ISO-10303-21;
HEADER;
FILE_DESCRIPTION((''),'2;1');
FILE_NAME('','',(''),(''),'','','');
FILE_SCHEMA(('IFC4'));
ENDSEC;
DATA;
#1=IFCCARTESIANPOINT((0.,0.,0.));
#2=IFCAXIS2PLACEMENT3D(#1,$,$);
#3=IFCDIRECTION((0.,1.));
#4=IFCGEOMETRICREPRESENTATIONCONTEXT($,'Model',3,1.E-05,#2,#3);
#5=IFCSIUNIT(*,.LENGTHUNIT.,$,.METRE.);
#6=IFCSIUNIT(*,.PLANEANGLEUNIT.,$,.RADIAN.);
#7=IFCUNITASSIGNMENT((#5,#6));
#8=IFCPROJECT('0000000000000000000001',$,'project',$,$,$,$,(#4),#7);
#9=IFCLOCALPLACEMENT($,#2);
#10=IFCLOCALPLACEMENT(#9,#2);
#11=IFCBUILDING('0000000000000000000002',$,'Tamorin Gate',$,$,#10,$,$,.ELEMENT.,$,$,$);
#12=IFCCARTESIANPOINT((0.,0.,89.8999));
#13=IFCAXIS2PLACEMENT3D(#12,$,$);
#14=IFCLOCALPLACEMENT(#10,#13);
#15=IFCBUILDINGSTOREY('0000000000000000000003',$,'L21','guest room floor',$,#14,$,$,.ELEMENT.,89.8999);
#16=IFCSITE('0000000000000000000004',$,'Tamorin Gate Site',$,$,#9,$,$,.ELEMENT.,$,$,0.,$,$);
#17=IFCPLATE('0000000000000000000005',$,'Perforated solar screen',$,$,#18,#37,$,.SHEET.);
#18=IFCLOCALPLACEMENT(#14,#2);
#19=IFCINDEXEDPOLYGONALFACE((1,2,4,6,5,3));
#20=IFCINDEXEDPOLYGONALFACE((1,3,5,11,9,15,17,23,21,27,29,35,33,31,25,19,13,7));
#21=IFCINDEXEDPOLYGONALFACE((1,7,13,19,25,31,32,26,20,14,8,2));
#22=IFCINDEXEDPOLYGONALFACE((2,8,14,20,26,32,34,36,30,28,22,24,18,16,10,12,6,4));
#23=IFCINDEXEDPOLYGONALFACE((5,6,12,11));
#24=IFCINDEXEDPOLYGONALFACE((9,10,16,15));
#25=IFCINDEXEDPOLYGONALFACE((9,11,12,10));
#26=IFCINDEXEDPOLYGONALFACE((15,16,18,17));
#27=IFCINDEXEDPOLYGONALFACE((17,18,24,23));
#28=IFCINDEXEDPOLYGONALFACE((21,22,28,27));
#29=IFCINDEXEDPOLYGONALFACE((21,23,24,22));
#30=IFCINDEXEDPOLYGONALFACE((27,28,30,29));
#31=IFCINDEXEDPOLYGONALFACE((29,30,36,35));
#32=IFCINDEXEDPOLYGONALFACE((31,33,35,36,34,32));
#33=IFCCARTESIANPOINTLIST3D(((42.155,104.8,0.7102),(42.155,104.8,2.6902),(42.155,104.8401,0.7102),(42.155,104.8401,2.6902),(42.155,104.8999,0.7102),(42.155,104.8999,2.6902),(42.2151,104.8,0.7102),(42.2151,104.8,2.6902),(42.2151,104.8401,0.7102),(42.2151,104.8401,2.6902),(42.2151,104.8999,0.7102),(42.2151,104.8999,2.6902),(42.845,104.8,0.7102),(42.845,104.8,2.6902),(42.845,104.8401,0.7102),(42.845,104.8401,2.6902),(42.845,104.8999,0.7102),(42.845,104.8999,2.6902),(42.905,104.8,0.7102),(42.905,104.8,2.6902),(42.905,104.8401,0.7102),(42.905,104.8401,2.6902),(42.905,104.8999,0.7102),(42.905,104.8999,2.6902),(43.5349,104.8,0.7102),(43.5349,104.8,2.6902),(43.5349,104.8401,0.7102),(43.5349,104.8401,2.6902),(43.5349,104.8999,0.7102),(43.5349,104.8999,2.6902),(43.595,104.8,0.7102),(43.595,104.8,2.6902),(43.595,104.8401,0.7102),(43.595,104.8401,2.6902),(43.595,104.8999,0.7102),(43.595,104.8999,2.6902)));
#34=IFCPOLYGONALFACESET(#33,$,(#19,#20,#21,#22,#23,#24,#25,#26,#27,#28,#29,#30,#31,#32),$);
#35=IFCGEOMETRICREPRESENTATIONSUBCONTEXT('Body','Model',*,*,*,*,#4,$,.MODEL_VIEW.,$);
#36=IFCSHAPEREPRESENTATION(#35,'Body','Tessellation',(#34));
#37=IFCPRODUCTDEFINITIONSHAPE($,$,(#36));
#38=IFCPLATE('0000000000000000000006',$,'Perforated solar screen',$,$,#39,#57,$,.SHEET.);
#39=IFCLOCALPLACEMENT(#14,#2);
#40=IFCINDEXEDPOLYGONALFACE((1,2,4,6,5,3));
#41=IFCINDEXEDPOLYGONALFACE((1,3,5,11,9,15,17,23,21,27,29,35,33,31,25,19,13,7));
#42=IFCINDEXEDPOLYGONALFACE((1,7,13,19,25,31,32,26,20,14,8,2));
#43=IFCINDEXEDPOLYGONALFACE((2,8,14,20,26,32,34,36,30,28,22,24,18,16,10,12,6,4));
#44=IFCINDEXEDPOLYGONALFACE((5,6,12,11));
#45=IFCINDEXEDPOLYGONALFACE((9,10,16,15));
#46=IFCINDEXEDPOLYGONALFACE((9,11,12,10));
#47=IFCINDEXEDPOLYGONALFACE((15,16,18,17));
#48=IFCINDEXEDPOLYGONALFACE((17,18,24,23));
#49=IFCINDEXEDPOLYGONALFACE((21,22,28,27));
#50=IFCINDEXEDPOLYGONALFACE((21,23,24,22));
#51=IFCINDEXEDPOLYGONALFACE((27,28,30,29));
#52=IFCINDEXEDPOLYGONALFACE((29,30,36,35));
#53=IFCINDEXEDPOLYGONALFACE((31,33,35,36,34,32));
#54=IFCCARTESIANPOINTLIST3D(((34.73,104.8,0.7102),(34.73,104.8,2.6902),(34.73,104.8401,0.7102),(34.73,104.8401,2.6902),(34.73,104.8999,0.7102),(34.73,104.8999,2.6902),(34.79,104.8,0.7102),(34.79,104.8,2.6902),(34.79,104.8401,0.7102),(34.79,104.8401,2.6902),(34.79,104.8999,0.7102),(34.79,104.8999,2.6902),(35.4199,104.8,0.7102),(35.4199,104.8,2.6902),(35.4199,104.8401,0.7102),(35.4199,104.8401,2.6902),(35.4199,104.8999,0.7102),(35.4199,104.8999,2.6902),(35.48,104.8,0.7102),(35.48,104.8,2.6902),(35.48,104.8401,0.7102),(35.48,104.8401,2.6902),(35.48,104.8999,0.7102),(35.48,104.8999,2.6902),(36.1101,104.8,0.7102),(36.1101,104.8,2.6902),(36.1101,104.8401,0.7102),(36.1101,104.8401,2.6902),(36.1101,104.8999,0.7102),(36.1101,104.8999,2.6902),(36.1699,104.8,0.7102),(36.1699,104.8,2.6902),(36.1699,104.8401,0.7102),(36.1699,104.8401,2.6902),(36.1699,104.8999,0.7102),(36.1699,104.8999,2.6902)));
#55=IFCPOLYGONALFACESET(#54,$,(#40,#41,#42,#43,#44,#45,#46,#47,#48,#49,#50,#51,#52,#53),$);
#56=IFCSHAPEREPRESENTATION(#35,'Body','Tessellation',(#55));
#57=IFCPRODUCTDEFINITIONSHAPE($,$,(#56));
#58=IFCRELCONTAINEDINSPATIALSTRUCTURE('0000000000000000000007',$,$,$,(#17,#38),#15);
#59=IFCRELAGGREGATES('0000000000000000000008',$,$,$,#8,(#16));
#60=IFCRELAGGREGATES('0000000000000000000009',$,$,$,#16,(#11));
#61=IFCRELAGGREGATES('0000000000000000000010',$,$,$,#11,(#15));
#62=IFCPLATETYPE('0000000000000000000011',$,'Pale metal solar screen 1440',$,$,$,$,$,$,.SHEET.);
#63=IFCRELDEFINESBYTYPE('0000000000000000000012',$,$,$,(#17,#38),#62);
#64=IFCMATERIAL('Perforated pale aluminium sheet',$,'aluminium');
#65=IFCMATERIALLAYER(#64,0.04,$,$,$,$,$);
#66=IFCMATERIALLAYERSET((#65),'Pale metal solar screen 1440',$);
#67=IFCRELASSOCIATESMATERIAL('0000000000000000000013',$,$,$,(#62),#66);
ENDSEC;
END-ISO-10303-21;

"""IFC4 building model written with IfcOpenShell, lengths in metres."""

from ifc_helpers import new_model, si_unit, direction, frame, origin, place, context, subcontext, project, spatial, polyline, outline, extrude, material, layer, layer_set, type_object, element, save


model = new_model("IFC4")

# Units and contexts
model_context = context("Model", 3, precision=1e-05, world=origin(), true_north=direction((0.0, 1.0)))
body_context = subcontext(model_context, "Body", "Model", "MODEL_VIEW")
ifc_project = project(units=[si_unit("LENGTHUNIT", "METRE"), si_unit("PLANEANGLEUNIT", "RADIAN")], contexts=[model_context])

# Site, building, storey
site_placement = place(None, origin())
site = spatial("IfcSite", under=ifc_project, at=site_placement, Name="Tamorin Gate Site", CompositionType="ELEMENT", RefElevation=0.0)
building_placement = place(site_placement, origin())
building = spatial("IfcBuilding", under=site, at=building_placement, Name="Tamorin Gate", CompositionType="ELEMENT")
storey_placement = place(building_placement, frame((0.0, 0.0, 89.8999)))
storey = spatial("IfcBuildingStorey", under=building, at=storey_placement, Name="L21", Description="guest room floor", CompositionType="ELEMENT", Elevation=89.8999)

# Plates
ifc_material = material(Name="Perforated pale aluminium sheet", Category="aluminium")
ifc_layer = layer(ifc_material, 0.04)
ifc_layer_set = layer_set([ifc_layer], Name="Pale metal solar screen 1440")
plate_type = type_object("IfcPlateType", Name="Pale metal solar screen 1440", PredefinedType="SHEET", material=ifc_layer_set)
plate_1_placement = place(storey_placement, frame((0.0, 0.0, 0.7102)))
element("IfcPlate", 1, at=plate_1_placement, inside=storey, type_object=plate_type, Name="Perforated solar screen", PredefinedType="SHEET", context=body_context, shape_type="SweptSolid", body=[
    extrude(outline(polyline([(43.595, 104.8401), (43.595, 104.8), (43.5349, 104.8), (42.905, 104.8), (42.845, 104.8), (42.2151, 104.8), (42.155, 104.8), (42.155, 104.8401), (42.155, 104.8999), (42.2151, 104.8999), (42.2151, 104.8401), (42.845, 104.8401), (42.845, 104.8999), (42.905, 104.8999), (42.905, 104.8401), (43.5349, 104.8401), (43.5349, 104.8999), (43.595, 104.8999), (43.595, 104.8401)])), origin(), (0.0, 0.0, 1.0), 1.98),
])
plate_2_placement = place(storey_placement, frame((0.0, 0.0, 0.7102)))
element("IfcPlate", 2, at=plate_2_placement, inside=storey, type_object=plate_type, Name="Perforated solar screen", PredefinedType="SHEET", context=body_context, shape_type="SweptSolid", body=[
    extrude(outline(polyline([(36.1699, 104.8401), (36.1699, 104.8), (36.1101, 104.8), (35.48, 104.8), (35.4199, 104.8), (34.79, 104.8), (34.73, 104.8), (34.73, 104.8401), (34.73, 104.8999), (34.79, 104.8999), (34.79, 104.8401), (35.4199, 104.8401), (35.4199, 104.8999), (35.48, 104.8999), (35.48, 104.8401), (36.1101, 104.8401), (36.1101, 104.8999), (36.1699, 104.8999), (36.1699, 104.8401)])), origin(), (0.0, 0.0, 1.0), 1.98),
])

save(model, "model.ifc")
